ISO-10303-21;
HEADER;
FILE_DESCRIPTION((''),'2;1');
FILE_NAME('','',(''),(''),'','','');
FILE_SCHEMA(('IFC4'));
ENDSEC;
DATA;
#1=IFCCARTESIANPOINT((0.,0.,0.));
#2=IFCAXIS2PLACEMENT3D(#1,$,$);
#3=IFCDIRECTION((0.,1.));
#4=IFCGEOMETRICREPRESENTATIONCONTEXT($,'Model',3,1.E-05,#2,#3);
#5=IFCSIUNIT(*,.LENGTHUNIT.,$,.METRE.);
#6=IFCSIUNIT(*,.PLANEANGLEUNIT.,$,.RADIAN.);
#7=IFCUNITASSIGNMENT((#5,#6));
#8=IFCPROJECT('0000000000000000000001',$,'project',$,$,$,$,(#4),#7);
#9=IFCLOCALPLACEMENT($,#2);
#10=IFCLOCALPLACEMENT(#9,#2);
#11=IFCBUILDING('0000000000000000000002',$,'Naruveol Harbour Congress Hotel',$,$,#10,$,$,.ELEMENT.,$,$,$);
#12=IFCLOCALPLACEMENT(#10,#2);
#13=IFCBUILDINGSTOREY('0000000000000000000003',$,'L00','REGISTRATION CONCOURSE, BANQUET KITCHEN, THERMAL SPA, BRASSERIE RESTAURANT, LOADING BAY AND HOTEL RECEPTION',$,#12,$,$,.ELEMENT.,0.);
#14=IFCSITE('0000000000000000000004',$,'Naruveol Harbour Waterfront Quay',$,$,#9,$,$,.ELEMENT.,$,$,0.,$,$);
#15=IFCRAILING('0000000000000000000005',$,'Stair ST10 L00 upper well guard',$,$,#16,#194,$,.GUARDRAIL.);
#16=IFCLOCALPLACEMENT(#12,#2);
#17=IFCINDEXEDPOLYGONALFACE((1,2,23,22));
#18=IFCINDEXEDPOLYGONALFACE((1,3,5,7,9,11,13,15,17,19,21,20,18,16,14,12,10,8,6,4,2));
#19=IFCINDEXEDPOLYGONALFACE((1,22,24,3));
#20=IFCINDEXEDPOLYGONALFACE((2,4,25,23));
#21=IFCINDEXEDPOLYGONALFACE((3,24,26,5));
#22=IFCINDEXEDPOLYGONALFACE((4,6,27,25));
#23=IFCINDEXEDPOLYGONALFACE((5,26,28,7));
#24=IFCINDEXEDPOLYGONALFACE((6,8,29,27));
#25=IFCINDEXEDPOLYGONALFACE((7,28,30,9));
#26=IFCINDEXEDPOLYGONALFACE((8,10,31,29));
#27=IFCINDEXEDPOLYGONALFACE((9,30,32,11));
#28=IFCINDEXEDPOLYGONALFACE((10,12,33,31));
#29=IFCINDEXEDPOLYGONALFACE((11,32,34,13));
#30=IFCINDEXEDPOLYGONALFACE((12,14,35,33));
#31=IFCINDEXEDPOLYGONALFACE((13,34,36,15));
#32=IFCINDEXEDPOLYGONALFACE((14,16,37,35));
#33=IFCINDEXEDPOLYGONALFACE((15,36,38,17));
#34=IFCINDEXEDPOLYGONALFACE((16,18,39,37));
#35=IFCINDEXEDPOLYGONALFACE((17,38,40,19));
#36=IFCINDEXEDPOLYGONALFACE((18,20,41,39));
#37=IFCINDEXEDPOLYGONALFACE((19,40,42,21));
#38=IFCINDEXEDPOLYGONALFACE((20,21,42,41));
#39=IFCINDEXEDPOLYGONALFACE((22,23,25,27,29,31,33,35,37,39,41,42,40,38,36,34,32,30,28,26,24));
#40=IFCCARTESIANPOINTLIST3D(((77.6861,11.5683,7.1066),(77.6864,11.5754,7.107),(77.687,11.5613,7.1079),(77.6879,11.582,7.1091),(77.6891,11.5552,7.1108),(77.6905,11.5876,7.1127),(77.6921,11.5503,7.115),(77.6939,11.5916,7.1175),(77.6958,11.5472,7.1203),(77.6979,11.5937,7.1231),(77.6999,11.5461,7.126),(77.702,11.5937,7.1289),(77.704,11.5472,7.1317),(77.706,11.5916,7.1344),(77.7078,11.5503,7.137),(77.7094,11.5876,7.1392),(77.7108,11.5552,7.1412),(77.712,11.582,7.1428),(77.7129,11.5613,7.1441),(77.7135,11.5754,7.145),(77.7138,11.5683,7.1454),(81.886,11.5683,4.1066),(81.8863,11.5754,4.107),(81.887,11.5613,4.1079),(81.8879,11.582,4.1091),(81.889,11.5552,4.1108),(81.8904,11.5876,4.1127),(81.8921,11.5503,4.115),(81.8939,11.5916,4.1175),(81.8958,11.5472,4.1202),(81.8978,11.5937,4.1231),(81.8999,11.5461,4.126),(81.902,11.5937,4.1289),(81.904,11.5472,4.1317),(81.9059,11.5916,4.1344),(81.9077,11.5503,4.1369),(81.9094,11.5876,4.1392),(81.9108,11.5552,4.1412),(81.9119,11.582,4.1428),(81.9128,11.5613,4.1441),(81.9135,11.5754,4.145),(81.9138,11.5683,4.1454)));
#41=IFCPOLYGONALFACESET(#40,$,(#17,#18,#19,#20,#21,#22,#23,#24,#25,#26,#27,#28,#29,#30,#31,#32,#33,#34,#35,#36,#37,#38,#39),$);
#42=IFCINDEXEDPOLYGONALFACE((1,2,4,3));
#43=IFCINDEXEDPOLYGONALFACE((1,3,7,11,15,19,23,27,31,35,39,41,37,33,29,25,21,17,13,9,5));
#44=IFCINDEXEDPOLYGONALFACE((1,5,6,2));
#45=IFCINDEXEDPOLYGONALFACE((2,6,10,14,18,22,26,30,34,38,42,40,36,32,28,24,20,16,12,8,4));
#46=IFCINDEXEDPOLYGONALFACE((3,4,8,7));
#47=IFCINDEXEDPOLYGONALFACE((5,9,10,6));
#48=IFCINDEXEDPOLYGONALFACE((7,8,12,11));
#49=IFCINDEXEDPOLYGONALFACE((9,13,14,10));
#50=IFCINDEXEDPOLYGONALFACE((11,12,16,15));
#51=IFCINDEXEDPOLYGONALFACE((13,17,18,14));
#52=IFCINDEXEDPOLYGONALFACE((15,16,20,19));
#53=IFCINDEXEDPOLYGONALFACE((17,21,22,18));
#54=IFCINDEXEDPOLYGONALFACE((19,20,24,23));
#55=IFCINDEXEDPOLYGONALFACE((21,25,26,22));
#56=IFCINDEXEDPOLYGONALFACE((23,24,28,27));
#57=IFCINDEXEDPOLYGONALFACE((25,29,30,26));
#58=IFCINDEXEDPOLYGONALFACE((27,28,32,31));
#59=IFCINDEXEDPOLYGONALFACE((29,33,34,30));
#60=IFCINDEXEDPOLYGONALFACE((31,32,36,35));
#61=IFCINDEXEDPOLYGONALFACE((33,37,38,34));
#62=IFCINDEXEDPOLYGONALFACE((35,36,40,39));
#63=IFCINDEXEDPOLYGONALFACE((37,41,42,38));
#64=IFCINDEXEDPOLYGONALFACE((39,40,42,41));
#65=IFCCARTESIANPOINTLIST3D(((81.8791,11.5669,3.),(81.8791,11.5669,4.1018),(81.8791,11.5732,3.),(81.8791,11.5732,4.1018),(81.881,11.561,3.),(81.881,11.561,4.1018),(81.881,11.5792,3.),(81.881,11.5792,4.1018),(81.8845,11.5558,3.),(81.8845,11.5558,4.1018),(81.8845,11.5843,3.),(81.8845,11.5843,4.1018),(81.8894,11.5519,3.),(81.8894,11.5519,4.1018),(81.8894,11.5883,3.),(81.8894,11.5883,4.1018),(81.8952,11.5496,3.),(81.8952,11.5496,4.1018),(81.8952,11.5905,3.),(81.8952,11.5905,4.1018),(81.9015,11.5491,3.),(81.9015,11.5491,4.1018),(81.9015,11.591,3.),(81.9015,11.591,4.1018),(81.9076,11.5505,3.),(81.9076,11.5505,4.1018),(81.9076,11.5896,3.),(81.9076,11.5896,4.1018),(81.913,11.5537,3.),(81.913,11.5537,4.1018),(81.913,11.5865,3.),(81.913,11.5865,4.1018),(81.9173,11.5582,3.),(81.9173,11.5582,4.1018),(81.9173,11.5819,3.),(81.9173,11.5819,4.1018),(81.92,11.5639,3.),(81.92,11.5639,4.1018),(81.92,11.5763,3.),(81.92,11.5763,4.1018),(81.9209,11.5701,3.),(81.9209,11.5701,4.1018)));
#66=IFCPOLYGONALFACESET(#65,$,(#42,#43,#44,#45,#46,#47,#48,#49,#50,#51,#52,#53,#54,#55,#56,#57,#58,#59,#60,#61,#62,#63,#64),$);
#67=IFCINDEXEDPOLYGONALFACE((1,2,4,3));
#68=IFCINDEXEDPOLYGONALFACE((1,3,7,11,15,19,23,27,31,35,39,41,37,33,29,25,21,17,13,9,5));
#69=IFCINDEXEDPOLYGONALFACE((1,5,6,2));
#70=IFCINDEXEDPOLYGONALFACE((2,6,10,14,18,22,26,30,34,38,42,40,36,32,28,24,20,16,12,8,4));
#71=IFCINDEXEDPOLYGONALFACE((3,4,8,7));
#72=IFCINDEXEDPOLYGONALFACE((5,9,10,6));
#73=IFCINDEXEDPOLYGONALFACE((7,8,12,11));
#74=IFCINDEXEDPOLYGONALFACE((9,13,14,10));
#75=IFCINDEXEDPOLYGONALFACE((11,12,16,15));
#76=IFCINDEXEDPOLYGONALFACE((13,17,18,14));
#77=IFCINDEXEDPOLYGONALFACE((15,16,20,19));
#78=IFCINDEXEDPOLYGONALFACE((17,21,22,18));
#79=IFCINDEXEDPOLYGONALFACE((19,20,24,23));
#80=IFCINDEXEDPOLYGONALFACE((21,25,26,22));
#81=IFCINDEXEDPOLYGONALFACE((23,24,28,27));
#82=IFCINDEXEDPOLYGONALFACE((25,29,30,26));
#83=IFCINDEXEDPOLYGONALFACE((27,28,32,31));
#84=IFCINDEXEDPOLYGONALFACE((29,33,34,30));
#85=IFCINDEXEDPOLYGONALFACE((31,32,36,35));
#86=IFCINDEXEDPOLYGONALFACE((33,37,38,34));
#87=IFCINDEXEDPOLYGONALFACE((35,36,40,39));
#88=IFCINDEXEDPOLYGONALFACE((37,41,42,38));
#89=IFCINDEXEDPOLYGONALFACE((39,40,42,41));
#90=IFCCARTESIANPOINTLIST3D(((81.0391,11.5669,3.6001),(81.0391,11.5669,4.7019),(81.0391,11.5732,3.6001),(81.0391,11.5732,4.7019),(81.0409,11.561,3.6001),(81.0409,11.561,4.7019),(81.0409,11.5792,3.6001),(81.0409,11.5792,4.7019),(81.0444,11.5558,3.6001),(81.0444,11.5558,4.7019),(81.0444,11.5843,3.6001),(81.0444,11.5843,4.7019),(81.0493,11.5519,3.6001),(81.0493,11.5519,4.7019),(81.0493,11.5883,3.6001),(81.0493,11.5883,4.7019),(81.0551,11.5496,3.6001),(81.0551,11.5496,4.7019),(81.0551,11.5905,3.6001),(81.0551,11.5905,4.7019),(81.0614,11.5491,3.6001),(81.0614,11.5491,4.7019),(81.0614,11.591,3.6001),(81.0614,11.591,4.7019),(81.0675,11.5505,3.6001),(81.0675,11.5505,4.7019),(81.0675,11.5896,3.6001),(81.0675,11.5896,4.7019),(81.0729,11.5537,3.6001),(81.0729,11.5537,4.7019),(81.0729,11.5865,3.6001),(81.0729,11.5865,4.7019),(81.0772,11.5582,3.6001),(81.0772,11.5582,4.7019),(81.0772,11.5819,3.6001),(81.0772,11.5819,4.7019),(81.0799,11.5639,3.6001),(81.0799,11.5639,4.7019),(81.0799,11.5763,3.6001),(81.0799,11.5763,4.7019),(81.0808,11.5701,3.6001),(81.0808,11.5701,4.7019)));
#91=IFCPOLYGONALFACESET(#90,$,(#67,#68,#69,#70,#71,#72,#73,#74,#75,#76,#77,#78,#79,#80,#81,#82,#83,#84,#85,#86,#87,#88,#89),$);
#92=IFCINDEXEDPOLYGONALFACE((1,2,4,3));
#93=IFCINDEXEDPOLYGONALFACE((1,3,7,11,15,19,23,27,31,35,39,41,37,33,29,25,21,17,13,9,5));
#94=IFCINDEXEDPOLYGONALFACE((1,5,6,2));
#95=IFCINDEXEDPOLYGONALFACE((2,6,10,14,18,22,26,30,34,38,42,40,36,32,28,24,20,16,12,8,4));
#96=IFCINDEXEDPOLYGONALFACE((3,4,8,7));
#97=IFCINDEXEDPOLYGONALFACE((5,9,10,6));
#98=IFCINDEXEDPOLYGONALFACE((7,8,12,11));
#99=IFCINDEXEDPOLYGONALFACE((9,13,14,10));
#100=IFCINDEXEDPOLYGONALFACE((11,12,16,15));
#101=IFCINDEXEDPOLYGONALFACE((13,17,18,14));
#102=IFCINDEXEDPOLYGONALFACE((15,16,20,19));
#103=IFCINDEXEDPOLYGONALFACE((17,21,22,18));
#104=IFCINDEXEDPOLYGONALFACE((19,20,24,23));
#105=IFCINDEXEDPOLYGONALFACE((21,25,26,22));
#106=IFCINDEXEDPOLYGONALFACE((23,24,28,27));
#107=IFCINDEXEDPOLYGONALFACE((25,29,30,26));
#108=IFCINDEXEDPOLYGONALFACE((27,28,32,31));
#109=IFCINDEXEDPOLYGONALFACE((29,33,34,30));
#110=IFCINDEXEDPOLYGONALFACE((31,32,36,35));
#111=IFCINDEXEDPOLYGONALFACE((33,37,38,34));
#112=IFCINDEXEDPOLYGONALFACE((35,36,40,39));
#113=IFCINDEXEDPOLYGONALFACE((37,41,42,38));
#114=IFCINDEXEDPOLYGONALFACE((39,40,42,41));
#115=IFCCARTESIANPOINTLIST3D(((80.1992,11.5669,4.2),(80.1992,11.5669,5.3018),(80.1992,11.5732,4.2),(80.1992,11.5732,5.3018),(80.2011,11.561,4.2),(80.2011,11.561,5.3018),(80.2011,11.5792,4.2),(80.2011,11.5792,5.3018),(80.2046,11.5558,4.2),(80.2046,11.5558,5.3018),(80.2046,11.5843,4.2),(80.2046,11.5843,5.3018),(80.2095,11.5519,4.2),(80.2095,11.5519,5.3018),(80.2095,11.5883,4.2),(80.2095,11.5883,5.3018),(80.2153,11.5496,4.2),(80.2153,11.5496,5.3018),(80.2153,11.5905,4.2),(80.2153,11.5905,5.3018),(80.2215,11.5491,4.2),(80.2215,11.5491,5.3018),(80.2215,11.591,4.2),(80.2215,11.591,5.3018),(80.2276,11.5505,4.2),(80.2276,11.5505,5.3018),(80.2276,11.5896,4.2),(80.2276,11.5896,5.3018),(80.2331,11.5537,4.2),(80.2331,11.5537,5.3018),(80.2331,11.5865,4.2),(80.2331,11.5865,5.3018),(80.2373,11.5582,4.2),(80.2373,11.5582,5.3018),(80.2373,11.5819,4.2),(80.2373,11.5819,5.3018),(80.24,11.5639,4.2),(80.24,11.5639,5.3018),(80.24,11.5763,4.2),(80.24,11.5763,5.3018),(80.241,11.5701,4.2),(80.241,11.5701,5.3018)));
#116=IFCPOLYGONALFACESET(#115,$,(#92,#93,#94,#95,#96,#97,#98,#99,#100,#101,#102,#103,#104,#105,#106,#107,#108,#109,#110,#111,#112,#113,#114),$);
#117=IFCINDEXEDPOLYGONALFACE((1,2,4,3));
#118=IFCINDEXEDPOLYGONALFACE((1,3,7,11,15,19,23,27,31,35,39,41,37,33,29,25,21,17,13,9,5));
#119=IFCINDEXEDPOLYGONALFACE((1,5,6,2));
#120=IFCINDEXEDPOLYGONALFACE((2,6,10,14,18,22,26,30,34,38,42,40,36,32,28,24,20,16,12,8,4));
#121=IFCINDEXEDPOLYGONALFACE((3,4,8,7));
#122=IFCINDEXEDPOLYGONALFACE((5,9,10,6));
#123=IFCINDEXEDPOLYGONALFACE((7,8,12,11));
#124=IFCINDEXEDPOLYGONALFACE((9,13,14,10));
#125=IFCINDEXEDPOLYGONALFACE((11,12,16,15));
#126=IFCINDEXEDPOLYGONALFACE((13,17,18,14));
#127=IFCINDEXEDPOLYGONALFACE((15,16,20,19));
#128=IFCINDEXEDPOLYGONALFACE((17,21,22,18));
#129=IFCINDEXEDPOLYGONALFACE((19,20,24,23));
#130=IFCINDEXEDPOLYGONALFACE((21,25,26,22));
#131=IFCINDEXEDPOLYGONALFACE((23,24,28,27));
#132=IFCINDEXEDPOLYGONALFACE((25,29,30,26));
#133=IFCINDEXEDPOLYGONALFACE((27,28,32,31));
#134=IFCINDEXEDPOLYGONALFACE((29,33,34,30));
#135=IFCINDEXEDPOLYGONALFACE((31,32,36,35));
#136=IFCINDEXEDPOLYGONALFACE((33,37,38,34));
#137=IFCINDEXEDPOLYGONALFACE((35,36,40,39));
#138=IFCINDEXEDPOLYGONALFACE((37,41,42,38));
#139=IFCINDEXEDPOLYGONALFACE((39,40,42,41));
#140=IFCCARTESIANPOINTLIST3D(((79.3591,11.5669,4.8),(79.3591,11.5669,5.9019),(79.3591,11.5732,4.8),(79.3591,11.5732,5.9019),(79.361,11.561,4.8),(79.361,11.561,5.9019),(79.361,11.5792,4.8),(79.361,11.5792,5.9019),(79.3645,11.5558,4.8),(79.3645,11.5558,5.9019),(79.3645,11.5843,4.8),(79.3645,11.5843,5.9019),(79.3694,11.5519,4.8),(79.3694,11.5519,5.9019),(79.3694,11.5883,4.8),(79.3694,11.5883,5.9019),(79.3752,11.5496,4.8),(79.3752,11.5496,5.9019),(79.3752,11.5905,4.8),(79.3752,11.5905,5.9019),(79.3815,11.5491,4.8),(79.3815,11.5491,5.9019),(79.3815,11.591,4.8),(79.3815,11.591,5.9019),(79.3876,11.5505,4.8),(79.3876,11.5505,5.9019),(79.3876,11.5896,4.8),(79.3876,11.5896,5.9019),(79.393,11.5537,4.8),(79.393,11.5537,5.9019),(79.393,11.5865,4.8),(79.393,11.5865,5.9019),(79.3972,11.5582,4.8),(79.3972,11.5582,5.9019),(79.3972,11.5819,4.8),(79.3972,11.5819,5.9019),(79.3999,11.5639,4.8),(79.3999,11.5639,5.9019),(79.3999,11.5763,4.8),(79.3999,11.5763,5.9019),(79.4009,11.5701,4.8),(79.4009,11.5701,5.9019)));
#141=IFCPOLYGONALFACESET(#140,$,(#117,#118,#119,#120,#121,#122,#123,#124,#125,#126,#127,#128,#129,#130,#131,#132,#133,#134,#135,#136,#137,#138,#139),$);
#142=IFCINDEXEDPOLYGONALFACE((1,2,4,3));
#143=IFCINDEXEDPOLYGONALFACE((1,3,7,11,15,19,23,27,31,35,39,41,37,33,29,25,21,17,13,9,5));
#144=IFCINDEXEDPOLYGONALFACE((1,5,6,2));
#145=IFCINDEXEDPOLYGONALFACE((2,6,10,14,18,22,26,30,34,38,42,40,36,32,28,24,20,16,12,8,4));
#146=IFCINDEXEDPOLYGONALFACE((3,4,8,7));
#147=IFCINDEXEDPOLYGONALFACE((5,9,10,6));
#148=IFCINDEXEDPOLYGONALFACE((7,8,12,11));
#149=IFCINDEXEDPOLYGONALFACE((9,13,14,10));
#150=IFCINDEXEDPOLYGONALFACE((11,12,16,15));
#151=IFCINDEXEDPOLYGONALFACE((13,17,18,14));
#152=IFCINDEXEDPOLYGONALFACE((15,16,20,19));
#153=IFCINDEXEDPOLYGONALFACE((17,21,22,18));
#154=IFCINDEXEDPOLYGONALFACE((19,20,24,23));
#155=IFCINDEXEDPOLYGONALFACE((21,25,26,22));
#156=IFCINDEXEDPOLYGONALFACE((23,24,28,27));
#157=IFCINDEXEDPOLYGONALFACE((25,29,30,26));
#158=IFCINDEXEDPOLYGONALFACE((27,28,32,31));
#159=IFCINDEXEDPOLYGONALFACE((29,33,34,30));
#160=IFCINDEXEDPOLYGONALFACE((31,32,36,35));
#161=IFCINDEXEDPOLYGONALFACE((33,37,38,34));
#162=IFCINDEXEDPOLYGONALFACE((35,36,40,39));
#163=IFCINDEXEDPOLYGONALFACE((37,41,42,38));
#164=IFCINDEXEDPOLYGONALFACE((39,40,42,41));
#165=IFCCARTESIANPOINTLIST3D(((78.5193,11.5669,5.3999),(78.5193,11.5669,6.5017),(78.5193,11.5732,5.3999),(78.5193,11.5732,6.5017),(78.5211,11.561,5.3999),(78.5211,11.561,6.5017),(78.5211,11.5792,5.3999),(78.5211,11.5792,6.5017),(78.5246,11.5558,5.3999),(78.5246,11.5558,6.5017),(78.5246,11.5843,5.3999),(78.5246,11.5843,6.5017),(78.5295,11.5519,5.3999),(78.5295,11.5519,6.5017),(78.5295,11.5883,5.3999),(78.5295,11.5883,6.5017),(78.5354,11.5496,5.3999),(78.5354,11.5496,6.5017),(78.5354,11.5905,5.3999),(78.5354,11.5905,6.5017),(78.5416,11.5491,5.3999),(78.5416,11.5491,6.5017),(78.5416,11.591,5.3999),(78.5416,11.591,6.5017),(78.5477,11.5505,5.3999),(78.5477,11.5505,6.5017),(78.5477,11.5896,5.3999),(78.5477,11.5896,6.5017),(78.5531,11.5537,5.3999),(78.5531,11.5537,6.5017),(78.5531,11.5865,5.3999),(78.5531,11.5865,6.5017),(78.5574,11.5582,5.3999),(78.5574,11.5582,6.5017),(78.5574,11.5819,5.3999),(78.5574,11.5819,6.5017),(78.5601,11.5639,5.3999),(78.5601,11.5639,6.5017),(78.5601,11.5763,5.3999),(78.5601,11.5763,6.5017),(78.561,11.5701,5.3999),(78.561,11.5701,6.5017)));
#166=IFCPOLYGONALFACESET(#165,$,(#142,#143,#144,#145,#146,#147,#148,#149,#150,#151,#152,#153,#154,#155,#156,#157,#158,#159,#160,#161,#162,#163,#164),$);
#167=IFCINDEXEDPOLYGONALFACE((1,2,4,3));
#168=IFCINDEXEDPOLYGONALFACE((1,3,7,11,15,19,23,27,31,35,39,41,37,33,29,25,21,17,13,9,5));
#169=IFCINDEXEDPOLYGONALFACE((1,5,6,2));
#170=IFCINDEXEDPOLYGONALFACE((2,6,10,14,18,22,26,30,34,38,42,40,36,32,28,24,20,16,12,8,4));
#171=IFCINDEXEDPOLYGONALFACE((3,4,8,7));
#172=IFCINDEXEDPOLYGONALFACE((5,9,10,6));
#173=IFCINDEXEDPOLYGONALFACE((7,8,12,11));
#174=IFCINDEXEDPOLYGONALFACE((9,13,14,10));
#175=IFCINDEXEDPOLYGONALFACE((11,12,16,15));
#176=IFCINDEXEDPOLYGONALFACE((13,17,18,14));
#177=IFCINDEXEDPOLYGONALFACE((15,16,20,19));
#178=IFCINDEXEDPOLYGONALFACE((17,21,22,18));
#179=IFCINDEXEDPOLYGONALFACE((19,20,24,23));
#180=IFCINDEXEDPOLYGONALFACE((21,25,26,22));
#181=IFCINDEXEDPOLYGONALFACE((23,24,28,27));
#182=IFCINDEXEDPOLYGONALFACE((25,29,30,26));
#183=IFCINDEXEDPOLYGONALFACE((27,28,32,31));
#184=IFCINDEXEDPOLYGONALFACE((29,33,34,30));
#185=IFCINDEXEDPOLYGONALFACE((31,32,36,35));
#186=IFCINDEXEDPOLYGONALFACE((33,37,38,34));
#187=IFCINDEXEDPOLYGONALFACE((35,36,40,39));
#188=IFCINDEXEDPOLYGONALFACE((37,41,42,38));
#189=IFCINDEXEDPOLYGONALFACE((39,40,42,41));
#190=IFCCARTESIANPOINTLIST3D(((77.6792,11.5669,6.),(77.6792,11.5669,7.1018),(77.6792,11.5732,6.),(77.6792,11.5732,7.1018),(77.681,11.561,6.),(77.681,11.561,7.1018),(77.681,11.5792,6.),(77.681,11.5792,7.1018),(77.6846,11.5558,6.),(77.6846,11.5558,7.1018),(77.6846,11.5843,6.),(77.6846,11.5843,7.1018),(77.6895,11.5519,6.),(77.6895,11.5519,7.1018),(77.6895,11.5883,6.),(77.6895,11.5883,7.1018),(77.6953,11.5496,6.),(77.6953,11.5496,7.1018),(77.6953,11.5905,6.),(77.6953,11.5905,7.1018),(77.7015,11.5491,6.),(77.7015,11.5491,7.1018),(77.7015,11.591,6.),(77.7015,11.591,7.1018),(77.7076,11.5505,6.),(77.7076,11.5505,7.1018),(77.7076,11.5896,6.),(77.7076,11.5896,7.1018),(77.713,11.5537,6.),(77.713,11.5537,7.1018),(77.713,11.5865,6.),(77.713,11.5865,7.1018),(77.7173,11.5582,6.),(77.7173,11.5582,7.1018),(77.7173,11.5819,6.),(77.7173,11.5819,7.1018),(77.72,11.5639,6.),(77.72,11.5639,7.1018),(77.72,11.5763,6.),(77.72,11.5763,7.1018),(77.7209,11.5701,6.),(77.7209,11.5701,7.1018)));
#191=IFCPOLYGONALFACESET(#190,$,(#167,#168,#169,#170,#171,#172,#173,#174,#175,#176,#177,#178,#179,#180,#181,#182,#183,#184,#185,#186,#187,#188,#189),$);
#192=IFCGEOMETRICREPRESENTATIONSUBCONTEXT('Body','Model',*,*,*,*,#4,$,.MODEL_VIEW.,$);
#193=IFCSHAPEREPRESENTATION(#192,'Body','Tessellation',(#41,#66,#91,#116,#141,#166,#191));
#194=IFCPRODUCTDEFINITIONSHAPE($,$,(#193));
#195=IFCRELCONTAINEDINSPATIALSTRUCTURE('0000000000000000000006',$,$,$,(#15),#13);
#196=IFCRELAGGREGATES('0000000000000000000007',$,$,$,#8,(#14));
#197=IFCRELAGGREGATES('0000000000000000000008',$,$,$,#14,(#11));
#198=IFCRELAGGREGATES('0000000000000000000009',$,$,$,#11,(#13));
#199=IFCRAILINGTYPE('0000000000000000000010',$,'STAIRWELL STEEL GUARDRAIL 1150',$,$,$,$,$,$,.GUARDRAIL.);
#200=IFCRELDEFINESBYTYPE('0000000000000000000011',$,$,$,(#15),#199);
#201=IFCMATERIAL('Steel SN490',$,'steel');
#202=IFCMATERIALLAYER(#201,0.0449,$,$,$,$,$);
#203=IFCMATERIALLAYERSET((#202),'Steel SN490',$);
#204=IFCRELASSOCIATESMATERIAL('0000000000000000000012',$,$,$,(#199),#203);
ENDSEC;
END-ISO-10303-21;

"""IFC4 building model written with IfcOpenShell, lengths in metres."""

from ifc_helpers import new_model, si_unit, direction, frame, origin, origin_2d, place, context, subcontext, project, spatial, circle, extrude, material, layer, layer_set, type_object, element, save


model = new_model("IFC4")

# Units and contexts
model_context = context("Model", 3, precision=1e-05, world=origin(), true_north=direction((0.0, 1.0)))
body_context = subcontext(model_context, "Body", "Model", "MODEL_VIEW")
ifc_project = project(units=[si_unit("LENGTHUNIT", "METRE"), si_unit("PLANEANGLEUNIT", "RADIAN")], contexts=[model_context])

# Site, building, storey
site_placement = place(None, origin())
site = spatial("IfcSite", under=ifc_project, at=site_placement, Name="Naruveol Harbour Waterfront Quay", CompositionType="ELEMENT", RefElevation=0.0)
building_placement = place(site_placement, origin())
building = spatial("IfcBuilding", under=site, at=building_placement, Name="Naruveol Harbour Congress Hotel", CompositionType="ELEMENT")
storey_placement = place(building_placement, origin())
storey = spatial("IfcBuildingStorey", under=building, at=storey_placement, Name="L00", Description="REGISTRATION CONCOURSE, BANQUET KITCHEN, THERMAL SPA, BRASSERIE RESTAURANT, LOADING BAY AND HOTEL RECEPTION", CompositionType="ELEMENT", Elevation=0.0)

# Railing
ifc_material_1 = material(Name="Steel SN490", Category="steel")
ifc_layer_1 = layer(ifc_material_1, 0.0449)
ifc_layer_set_1 = layer_set([ifc_layer_1], Name="Steel SN490")
railing_type_1 = type_object("IfcRailingType", Name="STAIRWELL STEEL GUARDRAIL 1150", PredefinedType="GUARDRAIL", material=ifc_layer_set_1)
railing_1_placement = place(storey_placement, frame((81.8999, 11.5701, 3.0)))
element("IfcRailing", 1, at=railing_1_placement, inside=storey, type_object=railing_type_1, Name="Stair ST10 L00 upper well guard", PredefinedType="GUARDRAIL", context=body_context, shape_type="SweptSolid", body=[
    extrude(circle(Radius=0.0239, at=origin_2d()), frame((0.0, 0.0, 1.126), z_axis=(-0.81373, 0.0, 0.581243), x_axis=(0.0, -1.0, 0.0)), (0.0, 0.0, 1.0), 5.1614),
    extrude(circle(Radius=0.021, at=origin_2d()), origin(), (0.0, 0.0, 1.0), 1.1018),
    extrude(circle(Radius=0.021, at=origin_2d()), frame((-0.8401, 0.0, 0.6001)), (0.0, 0.0, 1.0), 1.1018),
    extrude(circle(Radius=0.021, at=origin_2d()), frame((-1.6799, 0.0, 1.2)), (0.0, 0.0, 1.0), 1.1018),
    extrude(circle(Radius=0.021, at=origin_2d()), frame((-2.52, 0.0, 1.8)), (0.0, 0.0, 1.0), 1.1018),
    extrude(circle(Radius=0.021, at=origin_2d()), frame((-3.3599, 0.0, 2.3999)), (0.0, 0.0, 1.0), 1.1018),
    extrude(circle(Radius=0.021, at=origin_2d()), frame((-4.2, 0.0, 3.0)), (0.0, 0.0, 1.0), 1.1018),
])

save(model, "model.ifc")
